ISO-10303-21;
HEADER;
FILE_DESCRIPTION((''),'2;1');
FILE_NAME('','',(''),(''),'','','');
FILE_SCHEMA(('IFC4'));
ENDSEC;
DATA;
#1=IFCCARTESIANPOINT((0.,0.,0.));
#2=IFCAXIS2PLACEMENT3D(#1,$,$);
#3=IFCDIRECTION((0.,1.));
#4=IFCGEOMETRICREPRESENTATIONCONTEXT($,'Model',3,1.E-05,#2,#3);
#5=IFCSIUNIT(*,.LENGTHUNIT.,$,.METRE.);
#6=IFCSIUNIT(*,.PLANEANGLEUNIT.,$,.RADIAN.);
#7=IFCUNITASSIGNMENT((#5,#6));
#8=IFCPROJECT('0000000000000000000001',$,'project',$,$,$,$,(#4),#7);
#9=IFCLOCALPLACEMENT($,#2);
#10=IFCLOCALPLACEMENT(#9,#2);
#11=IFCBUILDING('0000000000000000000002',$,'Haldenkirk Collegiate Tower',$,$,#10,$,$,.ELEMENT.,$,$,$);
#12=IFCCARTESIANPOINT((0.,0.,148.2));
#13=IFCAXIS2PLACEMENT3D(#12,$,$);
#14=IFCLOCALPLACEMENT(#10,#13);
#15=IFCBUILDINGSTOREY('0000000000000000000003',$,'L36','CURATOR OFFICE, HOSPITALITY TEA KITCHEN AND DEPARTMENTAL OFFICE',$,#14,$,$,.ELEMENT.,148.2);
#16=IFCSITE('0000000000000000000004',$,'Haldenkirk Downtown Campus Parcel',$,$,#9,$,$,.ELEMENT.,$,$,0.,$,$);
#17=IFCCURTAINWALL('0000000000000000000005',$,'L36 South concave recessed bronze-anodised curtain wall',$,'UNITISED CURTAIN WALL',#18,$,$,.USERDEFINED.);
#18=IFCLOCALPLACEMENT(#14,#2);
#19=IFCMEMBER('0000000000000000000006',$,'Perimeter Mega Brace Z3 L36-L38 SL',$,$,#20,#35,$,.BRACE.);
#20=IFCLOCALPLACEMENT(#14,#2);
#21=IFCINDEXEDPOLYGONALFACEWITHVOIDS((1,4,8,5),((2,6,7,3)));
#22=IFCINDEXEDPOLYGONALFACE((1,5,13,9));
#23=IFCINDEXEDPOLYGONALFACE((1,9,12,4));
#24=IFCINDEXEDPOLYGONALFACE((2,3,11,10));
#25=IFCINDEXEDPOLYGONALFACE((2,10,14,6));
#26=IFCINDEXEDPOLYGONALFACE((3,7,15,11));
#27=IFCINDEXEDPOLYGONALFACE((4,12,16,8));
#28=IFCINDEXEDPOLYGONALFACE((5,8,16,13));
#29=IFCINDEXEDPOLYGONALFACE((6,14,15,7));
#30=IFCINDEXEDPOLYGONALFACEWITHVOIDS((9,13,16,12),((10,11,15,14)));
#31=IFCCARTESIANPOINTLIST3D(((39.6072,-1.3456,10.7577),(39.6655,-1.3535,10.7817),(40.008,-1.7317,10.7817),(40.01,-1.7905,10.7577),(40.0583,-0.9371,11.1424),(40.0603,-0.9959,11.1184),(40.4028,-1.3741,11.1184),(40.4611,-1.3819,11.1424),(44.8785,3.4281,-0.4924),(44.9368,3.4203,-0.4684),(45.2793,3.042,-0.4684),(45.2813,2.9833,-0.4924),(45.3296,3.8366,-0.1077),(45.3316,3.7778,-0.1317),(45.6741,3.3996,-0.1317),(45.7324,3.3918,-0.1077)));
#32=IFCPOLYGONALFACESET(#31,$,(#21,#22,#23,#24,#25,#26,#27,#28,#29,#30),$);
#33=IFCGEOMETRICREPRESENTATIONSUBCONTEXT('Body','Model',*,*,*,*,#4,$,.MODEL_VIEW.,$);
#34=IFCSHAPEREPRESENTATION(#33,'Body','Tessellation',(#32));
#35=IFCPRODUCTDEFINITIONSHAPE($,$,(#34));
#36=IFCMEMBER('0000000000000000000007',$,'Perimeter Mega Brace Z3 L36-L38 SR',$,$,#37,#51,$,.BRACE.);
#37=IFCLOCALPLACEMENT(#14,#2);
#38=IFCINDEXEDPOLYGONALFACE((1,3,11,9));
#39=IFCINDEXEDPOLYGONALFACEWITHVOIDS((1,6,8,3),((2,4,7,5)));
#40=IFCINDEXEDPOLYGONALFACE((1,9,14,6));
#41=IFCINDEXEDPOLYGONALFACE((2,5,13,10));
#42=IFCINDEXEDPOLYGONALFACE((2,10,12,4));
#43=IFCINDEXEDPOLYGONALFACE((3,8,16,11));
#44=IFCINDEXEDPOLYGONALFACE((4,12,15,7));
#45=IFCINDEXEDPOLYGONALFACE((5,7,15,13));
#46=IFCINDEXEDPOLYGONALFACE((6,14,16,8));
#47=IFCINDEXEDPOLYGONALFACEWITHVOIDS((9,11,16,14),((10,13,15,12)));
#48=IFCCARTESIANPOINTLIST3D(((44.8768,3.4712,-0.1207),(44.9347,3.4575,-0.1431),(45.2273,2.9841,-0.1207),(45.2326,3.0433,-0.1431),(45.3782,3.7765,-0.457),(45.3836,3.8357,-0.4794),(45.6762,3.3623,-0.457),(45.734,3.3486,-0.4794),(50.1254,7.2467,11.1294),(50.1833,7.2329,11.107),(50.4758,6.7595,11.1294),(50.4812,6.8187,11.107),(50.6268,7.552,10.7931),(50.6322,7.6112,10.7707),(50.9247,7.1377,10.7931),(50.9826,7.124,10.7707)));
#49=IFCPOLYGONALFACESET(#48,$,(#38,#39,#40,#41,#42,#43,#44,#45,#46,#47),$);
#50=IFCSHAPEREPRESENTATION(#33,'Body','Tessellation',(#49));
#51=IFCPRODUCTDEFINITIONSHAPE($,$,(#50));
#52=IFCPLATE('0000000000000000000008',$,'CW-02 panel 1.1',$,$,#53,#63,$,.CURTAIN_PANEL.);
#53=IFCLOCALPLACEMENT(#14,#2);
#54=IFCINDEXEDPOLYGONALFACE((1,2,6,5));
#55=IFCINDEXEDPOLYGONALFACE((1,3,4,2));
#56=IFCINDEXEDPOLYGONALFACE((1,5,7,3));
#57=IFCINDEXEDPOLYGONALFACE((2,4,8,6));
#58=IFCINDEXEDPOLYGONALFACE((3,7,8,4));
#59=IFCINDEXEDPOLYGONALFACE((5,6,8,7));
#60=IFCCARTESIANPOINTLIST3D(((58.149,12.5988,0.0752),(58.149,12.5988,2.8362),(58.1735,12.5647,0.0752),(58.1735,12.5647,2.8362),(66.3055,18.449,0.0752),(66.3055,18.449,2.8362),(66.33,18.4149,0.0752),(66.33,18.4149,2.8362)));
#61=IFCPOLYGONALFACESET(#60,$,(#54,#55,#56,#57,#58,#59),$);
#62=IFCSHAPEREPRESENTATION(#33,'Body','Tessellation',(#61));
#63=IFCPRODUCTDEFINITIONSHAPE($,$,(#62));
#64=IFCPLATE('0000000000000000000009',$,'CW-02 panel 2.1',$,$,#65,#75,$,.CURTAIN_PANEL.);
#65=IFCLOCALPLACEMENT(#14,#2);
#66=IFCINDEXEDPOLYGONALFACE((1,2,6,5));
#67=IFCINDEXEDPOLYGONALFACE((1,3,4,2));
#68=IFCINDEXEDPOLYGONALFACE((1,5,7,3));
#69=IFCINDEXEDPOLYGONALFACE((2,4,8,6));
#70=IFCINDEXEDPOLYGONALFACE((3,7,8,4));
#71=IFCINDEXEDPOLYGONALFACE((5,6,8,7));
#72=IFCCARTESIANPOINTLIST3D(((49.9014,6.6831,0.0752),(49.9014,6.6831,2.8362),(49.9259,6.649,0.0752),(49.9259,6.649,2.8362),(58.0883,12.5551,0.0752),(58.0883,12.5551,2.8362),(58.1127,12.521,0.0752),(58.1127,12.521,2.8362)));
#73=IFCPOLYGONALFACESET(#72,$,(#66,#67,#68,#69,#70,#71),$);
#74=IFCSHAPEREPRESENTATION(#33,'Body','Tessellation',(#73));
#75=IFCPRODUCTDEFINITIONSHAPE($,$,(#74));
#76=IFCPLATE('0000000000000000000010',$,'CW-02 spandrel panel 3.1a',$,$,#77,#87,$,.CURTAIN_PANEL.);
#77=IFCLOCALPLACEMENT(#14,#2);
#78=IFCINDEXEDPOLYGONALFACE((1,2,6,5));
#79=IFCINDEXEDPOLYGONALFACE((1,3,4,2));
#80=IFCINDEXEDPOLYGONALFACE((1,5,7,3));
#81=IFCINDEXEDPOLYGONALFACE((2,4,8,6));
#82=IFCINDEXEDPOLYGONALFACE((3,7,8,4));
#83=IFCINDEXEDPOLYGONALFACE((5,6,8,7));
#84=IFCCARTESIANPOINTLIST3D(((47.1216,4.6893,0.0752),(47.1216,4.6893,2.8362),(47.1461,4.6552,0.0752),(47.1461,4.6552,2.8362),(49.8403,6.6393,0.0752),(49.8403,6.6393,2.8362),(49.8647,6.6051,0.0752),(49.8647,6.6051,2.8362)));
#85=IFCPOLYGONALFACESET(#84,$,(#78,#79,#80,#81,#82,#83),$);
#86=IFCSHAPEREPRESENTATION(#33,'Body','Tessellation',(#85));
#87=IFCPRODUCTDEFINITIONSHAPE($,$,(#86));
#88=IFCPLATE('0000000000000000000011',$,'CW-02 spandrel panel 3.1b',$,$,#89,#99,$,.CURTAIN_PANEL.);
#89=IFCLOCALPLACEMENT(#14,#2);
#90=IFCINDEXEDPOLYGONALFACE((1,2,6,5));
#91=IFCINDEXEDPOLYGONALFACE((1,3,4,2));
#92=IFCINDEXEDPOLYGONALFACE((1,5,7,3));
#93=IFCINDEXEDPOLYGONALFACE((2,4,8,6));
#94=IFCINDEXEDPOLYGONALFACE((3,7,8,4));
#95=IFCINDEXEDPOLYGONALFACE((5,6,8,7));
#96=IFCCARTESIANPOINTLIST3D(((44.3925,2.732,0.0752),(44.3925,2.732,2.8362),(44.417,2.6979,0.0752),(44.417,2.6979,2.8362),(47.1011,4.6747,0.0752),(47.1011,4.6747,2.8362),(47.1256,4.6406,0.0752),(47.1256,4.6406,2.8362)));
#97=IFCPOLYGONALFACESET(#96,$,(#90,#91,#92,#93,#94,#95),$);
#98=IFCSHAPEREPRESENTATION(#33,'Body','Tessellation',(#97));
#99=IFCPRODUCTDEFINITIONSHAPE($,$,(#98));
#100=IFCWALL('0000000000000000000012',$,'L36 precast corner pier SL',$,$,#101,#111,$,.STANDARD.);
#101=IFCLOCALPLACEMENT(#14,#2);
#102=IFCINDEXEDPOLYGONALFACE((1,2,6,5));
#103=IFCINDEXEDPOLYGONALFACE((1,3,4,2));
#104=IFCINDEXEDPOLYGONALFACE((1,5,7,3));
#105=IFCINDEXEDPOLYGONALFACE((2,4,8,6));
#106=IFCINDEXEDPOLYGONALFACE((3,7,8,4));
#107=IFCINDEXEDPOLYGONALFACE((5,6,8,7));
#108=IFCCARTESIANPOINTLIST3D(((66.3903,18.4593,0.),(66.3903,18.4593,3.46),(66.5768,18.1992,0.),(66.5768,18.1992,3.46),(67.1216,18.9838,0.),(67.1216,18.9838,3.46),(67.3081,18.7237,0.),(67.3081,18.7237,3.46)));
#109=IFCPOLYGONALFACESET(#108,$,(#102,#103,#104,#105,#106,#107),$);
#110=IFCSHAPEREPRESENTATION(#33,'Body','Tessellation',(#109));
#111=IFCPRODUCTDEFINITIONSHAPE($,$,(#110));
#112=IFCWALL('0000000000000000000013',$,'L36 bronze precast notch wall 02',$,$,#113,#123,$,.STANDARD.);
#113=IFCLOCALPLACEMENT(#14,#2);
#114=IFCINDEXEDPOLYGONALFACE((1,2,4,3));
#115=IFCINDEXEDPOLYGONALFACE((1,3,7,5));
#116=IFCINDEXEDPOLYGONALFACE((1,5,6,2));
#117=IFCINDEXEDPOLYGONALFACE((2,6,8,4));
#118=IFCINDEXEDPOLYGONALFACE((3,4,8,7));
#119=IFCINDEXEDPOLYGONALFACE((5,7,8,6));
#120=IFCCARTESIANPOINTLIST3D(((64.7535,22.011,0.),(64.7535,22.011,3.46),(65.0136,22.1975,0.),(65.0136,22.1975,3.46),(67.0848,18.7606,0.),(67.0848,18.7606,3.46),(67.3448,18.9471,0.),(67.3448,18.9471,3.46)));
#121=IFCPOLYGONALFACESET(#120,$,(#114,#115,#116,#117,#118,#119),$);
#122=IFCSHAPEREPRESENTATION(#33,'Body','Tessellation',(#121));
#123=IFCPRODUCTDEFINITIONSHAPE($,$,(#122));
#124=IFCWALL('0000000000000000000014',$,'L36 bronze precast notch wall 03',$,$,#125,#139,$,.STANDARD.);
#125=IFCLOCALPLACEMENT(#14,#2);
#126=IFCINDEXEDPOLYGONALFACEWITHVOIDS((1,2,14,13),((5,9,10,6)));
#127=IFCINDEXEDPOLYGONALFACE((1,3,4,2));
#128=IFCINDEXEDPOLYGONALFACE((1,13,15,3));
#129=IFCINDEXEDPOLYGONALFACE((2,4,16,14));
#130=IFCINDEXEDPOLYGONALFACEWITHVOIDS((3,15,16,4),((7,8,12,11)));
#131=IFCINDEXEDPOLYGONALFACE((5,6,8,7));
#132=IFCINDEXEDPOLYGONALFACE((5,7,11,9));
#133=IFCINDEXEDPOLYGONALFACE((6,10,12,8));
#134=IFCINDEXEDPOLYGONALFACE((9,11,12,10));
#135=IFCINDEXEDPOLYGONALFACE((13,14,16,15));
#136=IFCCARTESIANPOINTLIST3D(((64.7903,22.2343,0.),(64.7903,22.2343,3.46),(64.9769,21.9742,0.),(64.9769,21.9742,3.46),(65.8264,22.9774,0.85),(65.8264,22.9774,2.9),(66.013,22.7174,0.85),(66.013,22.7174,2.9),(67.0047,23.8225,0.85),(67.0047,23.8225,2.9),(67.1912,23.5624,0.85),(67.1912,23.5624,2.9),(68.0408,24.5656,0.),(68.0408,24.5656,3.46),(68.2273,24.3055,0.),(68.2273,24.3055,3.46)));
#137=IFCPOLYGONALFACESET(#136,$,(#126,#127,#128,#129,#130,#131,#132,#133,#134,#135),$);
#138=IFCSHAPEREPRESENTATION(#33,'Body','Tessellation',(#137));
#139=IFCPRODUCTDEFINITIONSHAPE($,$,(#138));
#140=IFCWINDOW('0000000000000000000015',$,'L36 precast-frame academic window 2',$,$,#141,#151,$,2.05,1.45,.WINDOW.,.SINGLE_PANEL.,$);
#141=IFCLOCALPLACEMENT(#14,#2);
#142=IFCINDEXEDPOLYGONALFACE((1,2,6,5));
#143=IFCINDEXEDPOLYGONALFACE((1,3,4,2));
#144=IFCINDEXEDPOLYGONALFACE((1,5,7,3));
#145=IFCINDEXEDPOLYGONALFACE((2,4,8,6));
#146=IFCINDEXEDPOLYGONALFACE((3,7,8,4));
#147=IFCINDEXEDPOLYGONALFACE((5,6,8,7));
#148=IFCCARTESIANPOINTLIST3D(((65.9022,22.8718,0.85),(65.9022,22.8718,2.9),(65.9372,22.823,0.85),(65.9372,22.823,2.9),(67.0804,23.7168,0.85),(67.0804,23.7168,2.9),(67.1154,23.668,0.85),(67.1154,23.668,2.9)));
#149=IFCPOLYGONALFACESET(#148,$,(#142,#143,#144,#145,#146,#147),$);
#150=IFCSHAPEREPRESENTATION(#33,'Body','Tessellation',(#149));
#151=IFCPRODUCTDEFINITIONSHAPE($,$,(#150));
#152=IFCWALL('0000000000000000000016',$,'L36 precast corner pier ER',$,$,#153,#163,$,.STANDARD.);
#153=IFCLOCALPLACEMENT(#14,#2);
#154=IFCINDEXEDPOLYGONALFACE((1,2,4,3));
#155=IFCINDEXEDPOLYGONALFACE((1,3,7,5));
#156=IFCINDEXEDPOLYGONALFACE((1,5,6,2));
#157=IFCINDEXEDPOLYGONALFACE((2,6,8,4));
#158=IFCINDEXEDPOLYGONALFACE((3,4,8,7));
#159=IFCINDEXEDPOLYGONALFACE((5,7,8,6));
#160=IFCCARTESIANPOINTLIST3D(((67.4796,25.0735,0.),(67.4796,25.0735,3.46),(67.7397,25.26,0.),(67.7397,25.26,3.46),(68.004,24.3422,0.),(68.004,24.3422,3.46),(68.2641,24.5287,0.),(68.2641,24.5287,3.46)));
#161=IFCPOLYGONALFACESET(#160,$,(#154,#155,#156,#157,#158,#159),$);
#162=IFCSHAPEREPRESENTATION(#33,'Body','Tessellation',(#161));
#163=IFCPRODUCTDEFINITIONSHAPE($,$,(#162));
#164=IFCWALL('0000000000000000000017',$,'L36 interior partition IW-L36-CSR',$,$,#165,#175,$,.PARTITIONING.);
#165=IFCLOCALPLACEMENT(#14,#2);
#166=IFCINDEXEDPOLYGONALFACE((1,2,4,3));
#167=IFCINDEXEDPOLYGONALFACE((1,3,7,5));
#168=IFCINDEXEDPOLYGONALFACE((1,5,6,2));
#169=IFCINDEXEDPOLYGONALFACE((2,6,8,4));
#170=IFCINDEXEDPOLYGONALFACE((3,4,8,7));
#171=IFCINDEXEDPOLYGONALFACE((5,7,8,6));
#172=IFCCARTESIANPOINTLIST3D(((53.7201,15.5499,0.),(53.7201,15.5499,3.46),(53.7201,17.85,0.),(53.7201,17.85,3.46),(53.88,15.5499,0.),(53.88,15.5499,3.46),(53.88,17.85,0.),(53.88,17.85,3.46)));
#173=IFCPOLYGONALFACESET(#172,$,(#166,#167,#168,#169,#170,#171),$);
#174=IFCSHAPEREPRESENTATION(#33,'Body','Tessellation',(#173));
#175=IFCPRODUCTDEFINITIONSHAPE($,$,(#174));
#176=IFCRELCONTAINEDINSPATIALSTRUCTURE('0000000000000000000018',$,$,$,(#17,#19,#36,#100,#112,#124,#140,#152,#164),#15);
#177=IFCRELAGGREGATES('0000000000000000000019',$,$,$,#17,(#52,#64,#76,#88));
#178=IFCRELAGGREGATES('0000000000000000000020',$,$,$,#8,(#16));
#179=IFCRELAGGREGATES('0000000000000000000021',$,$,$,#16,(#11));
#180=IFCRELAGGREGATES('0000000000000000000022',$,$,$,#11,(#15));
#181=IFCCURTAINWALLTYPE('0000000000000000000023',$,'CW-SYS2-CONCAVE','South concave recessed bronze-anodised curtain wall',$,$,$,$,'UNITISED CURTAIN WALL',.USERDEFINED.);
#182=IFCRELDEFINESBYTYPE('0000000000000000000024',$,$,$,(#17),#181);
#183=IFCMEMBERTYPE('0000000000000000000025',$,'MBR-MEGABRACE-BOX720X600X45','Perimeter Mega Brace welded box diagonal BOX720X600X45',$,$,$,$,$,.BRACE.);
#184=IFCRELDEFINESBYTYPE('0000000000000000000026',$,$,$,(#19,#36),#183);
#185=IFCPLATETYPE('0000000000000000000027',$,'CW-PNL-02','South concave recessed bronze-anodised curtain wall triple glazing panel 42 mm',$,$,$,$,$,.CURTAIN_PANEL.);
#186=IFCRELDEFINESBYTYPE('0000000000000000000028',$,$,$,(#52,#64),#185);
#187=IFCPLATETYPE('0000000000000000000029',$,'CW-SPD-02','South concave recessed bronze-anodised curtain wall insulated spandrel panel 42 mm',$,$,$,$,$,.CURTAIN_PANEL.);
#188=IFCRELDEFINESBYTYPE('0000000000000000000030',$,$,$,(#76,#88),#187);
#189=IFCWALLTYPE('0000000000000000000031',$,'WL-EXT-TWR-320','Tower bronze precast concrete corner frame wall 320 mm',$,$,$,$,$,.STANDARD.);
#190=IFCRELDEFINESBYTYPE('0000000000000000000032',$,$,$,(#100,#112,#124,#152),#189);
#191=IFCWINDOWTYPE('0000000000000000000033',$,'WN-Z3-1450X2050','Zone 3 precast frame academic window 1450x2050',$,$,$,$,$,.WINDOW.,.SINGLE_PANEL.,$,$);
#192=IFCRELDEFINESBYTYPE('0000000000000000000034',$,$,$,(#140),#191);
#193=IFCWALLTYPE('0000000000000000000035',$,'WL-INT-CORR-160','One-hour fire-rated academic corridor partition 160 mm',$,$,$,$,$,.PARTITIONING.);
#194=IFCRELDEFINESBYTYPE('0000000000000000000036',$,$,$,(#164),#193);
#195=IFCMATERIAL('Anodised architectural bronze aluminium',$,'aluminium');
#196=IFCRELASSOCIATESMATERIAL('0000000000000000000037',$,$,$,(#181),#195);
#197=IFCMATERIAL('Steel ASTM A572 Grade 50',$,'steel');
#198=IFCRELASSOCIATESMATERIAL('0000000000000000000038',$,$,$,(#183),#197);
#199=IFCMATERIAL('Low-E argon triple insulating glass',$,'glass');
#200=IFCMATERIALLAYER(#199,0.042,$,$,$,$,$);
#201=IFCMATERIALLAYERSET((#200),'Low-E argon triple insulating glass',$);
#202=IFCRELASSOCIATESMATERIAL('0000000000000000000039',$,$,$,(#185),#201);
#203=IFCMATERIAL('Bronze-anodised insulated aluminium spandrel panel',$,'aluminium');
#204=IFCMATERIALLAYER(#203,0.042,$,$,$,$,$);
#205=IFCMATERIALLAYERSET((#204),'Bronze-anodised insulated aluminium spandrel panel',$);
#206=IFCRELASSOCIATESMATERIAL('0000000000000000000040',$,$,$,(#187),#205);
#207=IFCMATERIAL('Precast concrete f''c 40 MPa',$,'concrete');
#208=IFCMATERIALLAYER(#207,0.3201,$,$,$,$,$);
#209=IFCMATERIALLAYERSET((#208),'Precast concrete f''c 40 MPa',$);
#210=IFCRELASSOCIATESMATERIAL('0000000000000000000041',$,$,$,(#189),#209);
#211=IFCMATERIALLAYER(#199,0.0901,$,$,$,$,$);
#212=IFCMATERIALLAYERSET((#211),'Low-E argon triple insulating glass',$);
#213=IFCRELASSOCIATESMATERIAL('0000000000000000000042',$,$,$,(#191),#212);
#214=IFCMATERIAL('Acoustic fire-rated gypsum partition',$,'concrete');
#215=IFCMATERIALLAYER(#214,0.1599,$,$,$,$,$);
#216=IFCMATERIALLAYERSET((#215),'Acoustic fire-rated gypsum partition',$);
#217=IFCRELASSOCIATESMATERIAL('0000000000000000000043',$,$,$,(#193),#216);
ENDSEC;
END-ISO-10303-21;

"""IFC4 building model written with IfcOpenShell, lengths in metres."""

from ifc_helpers import new_model, si_unit, direction, frame, frame_2d, origin, origin_2d, place, context, subcontext, project, spatial, rectangle, hollow_rectangle, extrude, source, transform, mapped, material, layer, layer_set, material_profile, profile_set, type_object, element, fill, aggregate, save


model = new_model("IFC4")

# Units and contexts
model_context = context("Model", 3, precision=1e-05, world=origin(), true_north=direction((0.0, 1.0)))
body_context = subcontext(model_context, "Body", "Model", "MODEL_VIEW")
ifc_project = project(units=[si_unit("LENGTHUNIT", "METRE"), si_unit("PLANEANGLEUNIT", "RADIAN")], contexts=[model_context])

# Site, building, storey
site_placement = place(None, origin())
site = spatial("IfcSite", under=ifc_project, at=site_placement, Name="Haldenkirk Downtown Campus Parcel", CompositionType="ELEMENT", RefElevation=0.0)
building_placement = place(site_placement, origin())
building = spatial("IfcBuilding", under=site, at=building_placement, Name="Haldenkirk Collegiate Tower", CompositionType="ELEMENT")
storey_placement = place(building_placement, frame((0.0, 0.0, 148.2)))
storey = spatial("IfcBuildingStorey", under=building, at=storey_placement, Name="L36", Description="CURATOR OFFICE, HOSPITALITY TEA KITCHEN AND DEPARTMENTAL OFFICE", CompositionType="ELEMENT", Elevation=148.2)

# Shared definitions
ifc_material_1 = material(Name="Steel ASTM A572 Grade 50", Category="steel")

# Curtain wall
ifc_material_2 = material(Name="Anodised architectural bronze aluminium", Category="aluminium")
curtain_wall_type_1 = type_object("IfcCurtainWallType", Name="CW-SYS2-CONCAVE", Description="South concave recessed bronze-anodised curtain wall", ElementType="UNITISED CURTAIN WALL", PredefinedType="USERDEFINED", material=ifc_material_2)
curtain_wall_1_placement = place(storey_placement, origin())
curtain_wall_1 = element("IfcCurtainWall", 1, at=curtain_wall_1_placement, inside=storey, type_object=curtain_wall_type_1, Name="L36 South concave recessed bronze-anodised curtain wall", ObjectType="UNITISED CURTAIN WALL", PredefinedType="USERDEFINED")

# Members
ifc_material_profile_1 = material_profile(ifc_material_1, hollow_rectangle(XDim=0.6001, YDim=0.72, WallThickness=0.0449, at=origin_2d()), Name="BOX720X600X45")
ifc_profile_set_1 = profile_set([ifc_material_profile_1], Name="Steel ASTM A572 Grade 50")
member_type_1 = type_object("IfcMemberType", Name="MBR-MEGABRACE-BOX720X600X45", Description="Perimeter Mega Brace welded box diagonal BOX720X600X45", PredefinedType="BRACE", material=ifc_profile_set_1)
member_1_placement = place(storey_placement, frame((45.3054, 3.4099, -0.3), z_axis=(-0.396058, -0.358674, 0.845276), x_axis=(0.671258, -0.741223, 0.0)))
element("IfcMember", 2, at=member_1_placement, inside=storey, type_object=member_type_1, Name="Perimeter Mega Brace Z3 L36-L38 SL", PredefinedType="BRACE", context=body_context, shape_type="SweptSolid", body=[
    extrude(hollow_rectangle(XDim=0.6001, YDim=0.72, WallThickness=0.0449, at=origin_2d()), origin(), (0.0, 0.0, 1.0), 13.3093),
])
member_2_placement = place(storey_placement, frame((45.3054, 3.4099, -0.3), z_axis=(0.404496, 0.290963, 0.86702), x_axis=(-0.583943, 0.811795, 0.0)))
element("IfcMember", 3, at=member_2_placement, inside=storey, type_object=member_type_1, Name="Perimeter Mega Brace Z3 L36-L38 SR", PredefinedType="BRACE", context=body_context, shape_type="SweptSolid", body=[
    extrude(hollow_rectangle(XDim=0.6001, YDim=0.72, WallThickness=0.0449, at=origin_2d()), origin(), (0.0, 0.0, 1.0), 12.9756),
])

# Plates
ifc_material_3 = material(Name="Low-E argon triple insulating glass", Category="glass")
ifc_layer_1 = layer(ifc_material_3, 0.042)
ifc_layer_set_1 = layer_set([ifc_layer_1], Name="Low-E argon triple insulating glass")
plate_type_1 = type_object("IfcPlateType", Name="CW-PNL-02", Description="South concave recessed bronze-anodised curtain wall triple glazing panel 42 mm", PredefinedType="CURTAIN_PANEL", material=ifc_layer_set_1)
shared_shape_1 = source(origin(), body_context, "Body", "SweptSolid", [
    extrude(rectangle(XDim=10.0376, YDim=0.042, at=origin_2d()), origin(), (0.0, 0.0, 1.0), 2.761),
])
plate_1_placement = place(storey_placement, frame((62.2395, 15.5068, 0.0752), z_axis=(0.0, 0.0, 1.0), x_axis=(-0.812592, -0.582834, 0.0)))
plate_1 = element("IfcPlate", 4, at=plate_1_placement, type_object=plate_type_1, Name="CW-02 panel 1.1", PredefinedType="CURTAIN_PANEL", context=body_context, shape_type="MappedRepresentation", body=[
    mapped(shared_shape_1, transform((0.0, 0.0, 0.0), x_axis=(1.0, 0.0, 0.0), y_axis=(0.0, 1.0, 0.0), z_axis=(0.0, 0.0, 1.0), scale=1.0)),
])
shared_shape_2 = source(origin(), body_context, "Body", "SweptSolid", [
    extrude(rectangle(XDim=10.075, YDim=0.042, at=origin_2d()), origin(), (0.0, 0.0, 1.0), 2.761),
])
plate_2_placement = place(storey_placement, frame((54.0071, 9.6021, 0.0752), z_axis=(0.0, 0.0, 1.0), x_axis=(-0.812592, -0.582834, 0.0)))
plate_2 = element("IfcPlate", 5, at=plate_2_placement, type_object=plate_type_1, Name="CW-02 panel 2.1", PredefinedType="CURTAIN_PANEL", context=body_context, shape_type="MappedRepresentation", body=[
    mapped(shared_shape_2, transform((0.0, 0.0, 0.0), x_axis=(1.0, 0.0, 0.0), y_axis=(0.0, 1.0, 0.0), z_axis=(0.0, 0.0, 1.0), scale=1.0)),
])
ifc_material_4 = material(Name="Bronze-anodised insulated aluminium spandrel panel", Category="aluminium")
ifc_layer_2 = layer(ifc_material_4, 0.042)
ifc_layer_set_2 = layer_set([ifc_layer_2], Name="Bronze-anodised insulated aluminium spandrel panel")
plate_type_2 = type_object("IfcPlateType", Name="CW-SPD-02", Description="South concave recessed bronze-anodised curtain wall insulated spandrel panel 42 mm", PredefinedType="CURTAIN_PANEL", material=ifc_layer_set_2)
shared_shape_3 = source(origin(), body_context, "Body", "SweptSolid", [
    extrude(rectangle(XDim=3.3457, YDim=0.042, at=origin_2d()), origin(), (0.0, 0.0, 1.0), 2.761),
])
plate_3_placement = place(storey_placement, frame((48.4932, 5.6472, 0.0752), z_axis=(0.0, 0.0, 1.0), x_axis=(-0.812592, -0.582834, 0.0)))
plate_3 = element("IfcPlate", 6, at=plate_3_placement, type_object=plate_type_2, Name="CW-02 spandrel panel 3.1a", PredefinedType="CURTAIN_PANEL", context=body_context, shape_type="MappedRepresentation", body=[
    mapped(shared_shape_3, transform((0.0, 0.0, 0.0), x_axis=(1.0, 0.0, 0.0), y_axis=(0.0, 1.0, 0.0), z_axis=(0.0, 0.0, 1.0), scale=1.0)),
])
shared_shape_4 = source(origin(), body_context, "Body", "SweptSolid", [
    extrude(rectangle(XDim=3.3333, YDim=0.042, at=origin_2d()), origin(), (0.0, 0.0, 1.0), 2.761),
])
plate_4_placement = place(storey_placement, frame((45.759, 3.6863, 0.0752), z_axis=(0.0, 0.0, 1.0), x_axis=(-0.812592, -0.582834, 0.0)))
plate_4 = element("IfcPlate", 7, at=plate_4_placement, type_object=plate_type_2, Name="CW-02 spandrel panel 3.1b", PredefinedType="CURTAIN_PANEL", context=body_context, shape_type="MappedRepresentation", body=[
    mapped(shared_shape_4, transform((0.0, 0.0, 0.0), x_axis=(1.0, 0.0, 0.0), y_axis=(0.0, 1.0, 0.0), z_axis=(0.0, 0.0, 1.0), scale=1.0)),
])
aggregate(curtain_wall_1, [plate_1, plate_2, plate_3, plate_4])

# Walls
ifc_material_5 = material(Name="Precast concrete f'c 40 MPa", Category="concrete")
ifc_layer_3 = layer(ifc_material_5, 0.3201)
ifc_layer_set_3 = layer_set([ifc_layer_3], Name="Precast concrete f'c 40 MPa")
wall_type_1 = type_object("IfcWallType", Name="WL-EXT-TWR-320", Description="Tower bronze precast concrete corner frame wall 320 mm", PredefinedType="STANDARD", material=ifc_layer_set_3)
wall_1_placement = place(storey_placement, frame((67.2148, 18.8538, 0.0), z_axis=(0.0, 0.0, 1.0), x_axis=(-0.812614, -0.582803, 0.0)))
element("IfcWall", 8, at=wall_1_placement, inside=storey, type_object=wall_type_1, Name="L36 precast corner pier SL", PredefinedType="STANDARD", context=body_context, shape_type="SweptSolid", body=[
    extrude(rectangle(XDim=0.8999, YDim=0.3201, at=frame_2d((0.45, 0.0))), origin(), (0.0, 0.0, 1.0), 3.46),
])
wall_2_placement = place(storey_placement, frame((64.8835, 22.1042, 0.0), z_axis=(0.0, 0.0, 1.0), x_axis=(0.582813, -0.812606, 0.0)))
element("IfcWall", 9, at=wall_2_placement, inside=storey, type_object=wall_type_1, Name="L36 bronze precast notch wall 02", PredefinedType="STANDARD", context=body_context, shape_type="SweptSolid", body=[
    extrude(rectangle(XDim=4.0, YDim=0.3201, at=frame_2d((2.0, 0.0))), origin(), (0.0, 0.0, 1.0), 3.46),
])

# Wall, opening, window
wall_3_placement = place(storey_placement, frame((68.134, 24.4355, 0.0), z_axis=(0.0, 0.0, 1.0), x_axis=(-0.812606, -0.582813, 0.0)))
wall_3 = element("IfcWall", 10, at=wall_3_placement, inside=storey, type_object=wall_type_1, Name="L36 bronze precast notch wall 03", PredefinedType="STANDARD", context=body_context, shape_type="SweptSolid", body=[
    extrude(rectangle(XDim=4.0, YDim=0.3201, at=frame_2d((2.0, 0.0))), origin(), (0.0, 0.0, 1.0), 3.46),
])
opening_1_placement = place(wall_3_placement, frame((1.2749, 0.0, 0.8501)))
opening_1 = element("IfcOpeningElement", 11, at=opening_1_placement, cuts=wall_3, PredefinedType="OPENING", context=body_context, shape_type="SweptSolid", body=[
    extrude(rectangle(XDim=1.45, YDim=2.05, at=frame_2d((0.7251, 1.0249))), frame((0.0, 0.1699, 0.0), z_axis=(0.0, -1.0, 0.0), x_axis=(1.0, 0.0, 0.0)), (0.0, 0.0, 1.0), 0.3401),
])
ifc_layer_4 = layer(ifc_material_3, 0.0901)
ifc_layer_set_4 = layer_set([ifc_layer_4], Name="Low-E argon triple insulating glass")
window_type = type_object("IfcWindowType", Name="WN-Z3-1450X2050", Description="Zone 3 precast frame academic window 1450x2050", PartitioningType="SINGLE_PANEL", PredefinedType="WINDOW", material=ifc_layer_set_4)
window_placement = place(opening_1_placement, origin())
window = element("IfcWindow", 12, at=window_placement, inside=storey, type_object=window_type, Name="L36 precast-frame academic window 2", OverallHeight=2.05, OverallWidth=1.45, PartitioningType="SINGLE_PANEL", PredefinedType="WINDOW", context=body_context, shape_type="SweptSolid", body=[
    extrude(rectangle(XDim=1.45, YDim=2.05, at=frame_2d((0.7251, 1.0249))), frame((0.0, 0.03, 0.0), z_axis=(0.0, -1.0, 0.0), x_axis=(1.0, 0.0, 0.0)), (0.0, 0.0, 1.0), 0.0601),
])
fill(opening_1, window)

# Walls
wall_4_placement = place(storey_placement, frame((67.6096, 25.1667, 0.0), z_axis=(0.0, 0.0, 1.0), x_axis=(0.582803, -0.812614, 0.0)))
element("IfcWall", 13, at=wall_4_placement, inside=storey, type_object=wall_type_1, Name="L36 precast corner pier ER", PredefinedType="STANDARD", context=body_context, shape_type="SweptSolid", body=[
    extrude(rectangle(XDim=0.8999, YDim=0.3201, at=frame_2d((0.45, 0.0))), origin(), (0.0, 0.0, 1.0), 3.46),
])
ifc_material_6 = material(Name="Acoustic fire-rated gypsum partition", Category="concrete")
ifc_layer_5 = layer(ifc_material_6, 0.1599)
ifc_layer_set_5 = layer_set([ifc_layer_5], Name="Acoustic fire-rated gypsum partition")
wall_type_2 = type_object("IfcWallType", Name="WL-INT-CORR-160", Description="One-hour fire-rated academic corridor partition 160 mm", PredefinedType="PARTITIONING", material=ifc_layer_set_5)
wall_5_placement = place(storey_placement, frame((53.8, 15.55, 0.0), z_axis=(0.0, 0.0, 1.0), x_axis=(0.0, 1.0, 0.0)))
element("IfcWall", 14, at=wall_5_placement, inside=storey, type_object=wall_type_2, Name="L36 interior partition IW-L36-CSR", PredefinedType="PARTITIONING", context=body_context, shape_type="SweptSolid", body=[
    extrude(rectangle(XDim=2.3, YDim=0.1599, at=frame_2d((1.1499, 0.0))), origin(), (0.0, 0.0, 1.0), 3.46),
])

save(model, "model.ifc")
